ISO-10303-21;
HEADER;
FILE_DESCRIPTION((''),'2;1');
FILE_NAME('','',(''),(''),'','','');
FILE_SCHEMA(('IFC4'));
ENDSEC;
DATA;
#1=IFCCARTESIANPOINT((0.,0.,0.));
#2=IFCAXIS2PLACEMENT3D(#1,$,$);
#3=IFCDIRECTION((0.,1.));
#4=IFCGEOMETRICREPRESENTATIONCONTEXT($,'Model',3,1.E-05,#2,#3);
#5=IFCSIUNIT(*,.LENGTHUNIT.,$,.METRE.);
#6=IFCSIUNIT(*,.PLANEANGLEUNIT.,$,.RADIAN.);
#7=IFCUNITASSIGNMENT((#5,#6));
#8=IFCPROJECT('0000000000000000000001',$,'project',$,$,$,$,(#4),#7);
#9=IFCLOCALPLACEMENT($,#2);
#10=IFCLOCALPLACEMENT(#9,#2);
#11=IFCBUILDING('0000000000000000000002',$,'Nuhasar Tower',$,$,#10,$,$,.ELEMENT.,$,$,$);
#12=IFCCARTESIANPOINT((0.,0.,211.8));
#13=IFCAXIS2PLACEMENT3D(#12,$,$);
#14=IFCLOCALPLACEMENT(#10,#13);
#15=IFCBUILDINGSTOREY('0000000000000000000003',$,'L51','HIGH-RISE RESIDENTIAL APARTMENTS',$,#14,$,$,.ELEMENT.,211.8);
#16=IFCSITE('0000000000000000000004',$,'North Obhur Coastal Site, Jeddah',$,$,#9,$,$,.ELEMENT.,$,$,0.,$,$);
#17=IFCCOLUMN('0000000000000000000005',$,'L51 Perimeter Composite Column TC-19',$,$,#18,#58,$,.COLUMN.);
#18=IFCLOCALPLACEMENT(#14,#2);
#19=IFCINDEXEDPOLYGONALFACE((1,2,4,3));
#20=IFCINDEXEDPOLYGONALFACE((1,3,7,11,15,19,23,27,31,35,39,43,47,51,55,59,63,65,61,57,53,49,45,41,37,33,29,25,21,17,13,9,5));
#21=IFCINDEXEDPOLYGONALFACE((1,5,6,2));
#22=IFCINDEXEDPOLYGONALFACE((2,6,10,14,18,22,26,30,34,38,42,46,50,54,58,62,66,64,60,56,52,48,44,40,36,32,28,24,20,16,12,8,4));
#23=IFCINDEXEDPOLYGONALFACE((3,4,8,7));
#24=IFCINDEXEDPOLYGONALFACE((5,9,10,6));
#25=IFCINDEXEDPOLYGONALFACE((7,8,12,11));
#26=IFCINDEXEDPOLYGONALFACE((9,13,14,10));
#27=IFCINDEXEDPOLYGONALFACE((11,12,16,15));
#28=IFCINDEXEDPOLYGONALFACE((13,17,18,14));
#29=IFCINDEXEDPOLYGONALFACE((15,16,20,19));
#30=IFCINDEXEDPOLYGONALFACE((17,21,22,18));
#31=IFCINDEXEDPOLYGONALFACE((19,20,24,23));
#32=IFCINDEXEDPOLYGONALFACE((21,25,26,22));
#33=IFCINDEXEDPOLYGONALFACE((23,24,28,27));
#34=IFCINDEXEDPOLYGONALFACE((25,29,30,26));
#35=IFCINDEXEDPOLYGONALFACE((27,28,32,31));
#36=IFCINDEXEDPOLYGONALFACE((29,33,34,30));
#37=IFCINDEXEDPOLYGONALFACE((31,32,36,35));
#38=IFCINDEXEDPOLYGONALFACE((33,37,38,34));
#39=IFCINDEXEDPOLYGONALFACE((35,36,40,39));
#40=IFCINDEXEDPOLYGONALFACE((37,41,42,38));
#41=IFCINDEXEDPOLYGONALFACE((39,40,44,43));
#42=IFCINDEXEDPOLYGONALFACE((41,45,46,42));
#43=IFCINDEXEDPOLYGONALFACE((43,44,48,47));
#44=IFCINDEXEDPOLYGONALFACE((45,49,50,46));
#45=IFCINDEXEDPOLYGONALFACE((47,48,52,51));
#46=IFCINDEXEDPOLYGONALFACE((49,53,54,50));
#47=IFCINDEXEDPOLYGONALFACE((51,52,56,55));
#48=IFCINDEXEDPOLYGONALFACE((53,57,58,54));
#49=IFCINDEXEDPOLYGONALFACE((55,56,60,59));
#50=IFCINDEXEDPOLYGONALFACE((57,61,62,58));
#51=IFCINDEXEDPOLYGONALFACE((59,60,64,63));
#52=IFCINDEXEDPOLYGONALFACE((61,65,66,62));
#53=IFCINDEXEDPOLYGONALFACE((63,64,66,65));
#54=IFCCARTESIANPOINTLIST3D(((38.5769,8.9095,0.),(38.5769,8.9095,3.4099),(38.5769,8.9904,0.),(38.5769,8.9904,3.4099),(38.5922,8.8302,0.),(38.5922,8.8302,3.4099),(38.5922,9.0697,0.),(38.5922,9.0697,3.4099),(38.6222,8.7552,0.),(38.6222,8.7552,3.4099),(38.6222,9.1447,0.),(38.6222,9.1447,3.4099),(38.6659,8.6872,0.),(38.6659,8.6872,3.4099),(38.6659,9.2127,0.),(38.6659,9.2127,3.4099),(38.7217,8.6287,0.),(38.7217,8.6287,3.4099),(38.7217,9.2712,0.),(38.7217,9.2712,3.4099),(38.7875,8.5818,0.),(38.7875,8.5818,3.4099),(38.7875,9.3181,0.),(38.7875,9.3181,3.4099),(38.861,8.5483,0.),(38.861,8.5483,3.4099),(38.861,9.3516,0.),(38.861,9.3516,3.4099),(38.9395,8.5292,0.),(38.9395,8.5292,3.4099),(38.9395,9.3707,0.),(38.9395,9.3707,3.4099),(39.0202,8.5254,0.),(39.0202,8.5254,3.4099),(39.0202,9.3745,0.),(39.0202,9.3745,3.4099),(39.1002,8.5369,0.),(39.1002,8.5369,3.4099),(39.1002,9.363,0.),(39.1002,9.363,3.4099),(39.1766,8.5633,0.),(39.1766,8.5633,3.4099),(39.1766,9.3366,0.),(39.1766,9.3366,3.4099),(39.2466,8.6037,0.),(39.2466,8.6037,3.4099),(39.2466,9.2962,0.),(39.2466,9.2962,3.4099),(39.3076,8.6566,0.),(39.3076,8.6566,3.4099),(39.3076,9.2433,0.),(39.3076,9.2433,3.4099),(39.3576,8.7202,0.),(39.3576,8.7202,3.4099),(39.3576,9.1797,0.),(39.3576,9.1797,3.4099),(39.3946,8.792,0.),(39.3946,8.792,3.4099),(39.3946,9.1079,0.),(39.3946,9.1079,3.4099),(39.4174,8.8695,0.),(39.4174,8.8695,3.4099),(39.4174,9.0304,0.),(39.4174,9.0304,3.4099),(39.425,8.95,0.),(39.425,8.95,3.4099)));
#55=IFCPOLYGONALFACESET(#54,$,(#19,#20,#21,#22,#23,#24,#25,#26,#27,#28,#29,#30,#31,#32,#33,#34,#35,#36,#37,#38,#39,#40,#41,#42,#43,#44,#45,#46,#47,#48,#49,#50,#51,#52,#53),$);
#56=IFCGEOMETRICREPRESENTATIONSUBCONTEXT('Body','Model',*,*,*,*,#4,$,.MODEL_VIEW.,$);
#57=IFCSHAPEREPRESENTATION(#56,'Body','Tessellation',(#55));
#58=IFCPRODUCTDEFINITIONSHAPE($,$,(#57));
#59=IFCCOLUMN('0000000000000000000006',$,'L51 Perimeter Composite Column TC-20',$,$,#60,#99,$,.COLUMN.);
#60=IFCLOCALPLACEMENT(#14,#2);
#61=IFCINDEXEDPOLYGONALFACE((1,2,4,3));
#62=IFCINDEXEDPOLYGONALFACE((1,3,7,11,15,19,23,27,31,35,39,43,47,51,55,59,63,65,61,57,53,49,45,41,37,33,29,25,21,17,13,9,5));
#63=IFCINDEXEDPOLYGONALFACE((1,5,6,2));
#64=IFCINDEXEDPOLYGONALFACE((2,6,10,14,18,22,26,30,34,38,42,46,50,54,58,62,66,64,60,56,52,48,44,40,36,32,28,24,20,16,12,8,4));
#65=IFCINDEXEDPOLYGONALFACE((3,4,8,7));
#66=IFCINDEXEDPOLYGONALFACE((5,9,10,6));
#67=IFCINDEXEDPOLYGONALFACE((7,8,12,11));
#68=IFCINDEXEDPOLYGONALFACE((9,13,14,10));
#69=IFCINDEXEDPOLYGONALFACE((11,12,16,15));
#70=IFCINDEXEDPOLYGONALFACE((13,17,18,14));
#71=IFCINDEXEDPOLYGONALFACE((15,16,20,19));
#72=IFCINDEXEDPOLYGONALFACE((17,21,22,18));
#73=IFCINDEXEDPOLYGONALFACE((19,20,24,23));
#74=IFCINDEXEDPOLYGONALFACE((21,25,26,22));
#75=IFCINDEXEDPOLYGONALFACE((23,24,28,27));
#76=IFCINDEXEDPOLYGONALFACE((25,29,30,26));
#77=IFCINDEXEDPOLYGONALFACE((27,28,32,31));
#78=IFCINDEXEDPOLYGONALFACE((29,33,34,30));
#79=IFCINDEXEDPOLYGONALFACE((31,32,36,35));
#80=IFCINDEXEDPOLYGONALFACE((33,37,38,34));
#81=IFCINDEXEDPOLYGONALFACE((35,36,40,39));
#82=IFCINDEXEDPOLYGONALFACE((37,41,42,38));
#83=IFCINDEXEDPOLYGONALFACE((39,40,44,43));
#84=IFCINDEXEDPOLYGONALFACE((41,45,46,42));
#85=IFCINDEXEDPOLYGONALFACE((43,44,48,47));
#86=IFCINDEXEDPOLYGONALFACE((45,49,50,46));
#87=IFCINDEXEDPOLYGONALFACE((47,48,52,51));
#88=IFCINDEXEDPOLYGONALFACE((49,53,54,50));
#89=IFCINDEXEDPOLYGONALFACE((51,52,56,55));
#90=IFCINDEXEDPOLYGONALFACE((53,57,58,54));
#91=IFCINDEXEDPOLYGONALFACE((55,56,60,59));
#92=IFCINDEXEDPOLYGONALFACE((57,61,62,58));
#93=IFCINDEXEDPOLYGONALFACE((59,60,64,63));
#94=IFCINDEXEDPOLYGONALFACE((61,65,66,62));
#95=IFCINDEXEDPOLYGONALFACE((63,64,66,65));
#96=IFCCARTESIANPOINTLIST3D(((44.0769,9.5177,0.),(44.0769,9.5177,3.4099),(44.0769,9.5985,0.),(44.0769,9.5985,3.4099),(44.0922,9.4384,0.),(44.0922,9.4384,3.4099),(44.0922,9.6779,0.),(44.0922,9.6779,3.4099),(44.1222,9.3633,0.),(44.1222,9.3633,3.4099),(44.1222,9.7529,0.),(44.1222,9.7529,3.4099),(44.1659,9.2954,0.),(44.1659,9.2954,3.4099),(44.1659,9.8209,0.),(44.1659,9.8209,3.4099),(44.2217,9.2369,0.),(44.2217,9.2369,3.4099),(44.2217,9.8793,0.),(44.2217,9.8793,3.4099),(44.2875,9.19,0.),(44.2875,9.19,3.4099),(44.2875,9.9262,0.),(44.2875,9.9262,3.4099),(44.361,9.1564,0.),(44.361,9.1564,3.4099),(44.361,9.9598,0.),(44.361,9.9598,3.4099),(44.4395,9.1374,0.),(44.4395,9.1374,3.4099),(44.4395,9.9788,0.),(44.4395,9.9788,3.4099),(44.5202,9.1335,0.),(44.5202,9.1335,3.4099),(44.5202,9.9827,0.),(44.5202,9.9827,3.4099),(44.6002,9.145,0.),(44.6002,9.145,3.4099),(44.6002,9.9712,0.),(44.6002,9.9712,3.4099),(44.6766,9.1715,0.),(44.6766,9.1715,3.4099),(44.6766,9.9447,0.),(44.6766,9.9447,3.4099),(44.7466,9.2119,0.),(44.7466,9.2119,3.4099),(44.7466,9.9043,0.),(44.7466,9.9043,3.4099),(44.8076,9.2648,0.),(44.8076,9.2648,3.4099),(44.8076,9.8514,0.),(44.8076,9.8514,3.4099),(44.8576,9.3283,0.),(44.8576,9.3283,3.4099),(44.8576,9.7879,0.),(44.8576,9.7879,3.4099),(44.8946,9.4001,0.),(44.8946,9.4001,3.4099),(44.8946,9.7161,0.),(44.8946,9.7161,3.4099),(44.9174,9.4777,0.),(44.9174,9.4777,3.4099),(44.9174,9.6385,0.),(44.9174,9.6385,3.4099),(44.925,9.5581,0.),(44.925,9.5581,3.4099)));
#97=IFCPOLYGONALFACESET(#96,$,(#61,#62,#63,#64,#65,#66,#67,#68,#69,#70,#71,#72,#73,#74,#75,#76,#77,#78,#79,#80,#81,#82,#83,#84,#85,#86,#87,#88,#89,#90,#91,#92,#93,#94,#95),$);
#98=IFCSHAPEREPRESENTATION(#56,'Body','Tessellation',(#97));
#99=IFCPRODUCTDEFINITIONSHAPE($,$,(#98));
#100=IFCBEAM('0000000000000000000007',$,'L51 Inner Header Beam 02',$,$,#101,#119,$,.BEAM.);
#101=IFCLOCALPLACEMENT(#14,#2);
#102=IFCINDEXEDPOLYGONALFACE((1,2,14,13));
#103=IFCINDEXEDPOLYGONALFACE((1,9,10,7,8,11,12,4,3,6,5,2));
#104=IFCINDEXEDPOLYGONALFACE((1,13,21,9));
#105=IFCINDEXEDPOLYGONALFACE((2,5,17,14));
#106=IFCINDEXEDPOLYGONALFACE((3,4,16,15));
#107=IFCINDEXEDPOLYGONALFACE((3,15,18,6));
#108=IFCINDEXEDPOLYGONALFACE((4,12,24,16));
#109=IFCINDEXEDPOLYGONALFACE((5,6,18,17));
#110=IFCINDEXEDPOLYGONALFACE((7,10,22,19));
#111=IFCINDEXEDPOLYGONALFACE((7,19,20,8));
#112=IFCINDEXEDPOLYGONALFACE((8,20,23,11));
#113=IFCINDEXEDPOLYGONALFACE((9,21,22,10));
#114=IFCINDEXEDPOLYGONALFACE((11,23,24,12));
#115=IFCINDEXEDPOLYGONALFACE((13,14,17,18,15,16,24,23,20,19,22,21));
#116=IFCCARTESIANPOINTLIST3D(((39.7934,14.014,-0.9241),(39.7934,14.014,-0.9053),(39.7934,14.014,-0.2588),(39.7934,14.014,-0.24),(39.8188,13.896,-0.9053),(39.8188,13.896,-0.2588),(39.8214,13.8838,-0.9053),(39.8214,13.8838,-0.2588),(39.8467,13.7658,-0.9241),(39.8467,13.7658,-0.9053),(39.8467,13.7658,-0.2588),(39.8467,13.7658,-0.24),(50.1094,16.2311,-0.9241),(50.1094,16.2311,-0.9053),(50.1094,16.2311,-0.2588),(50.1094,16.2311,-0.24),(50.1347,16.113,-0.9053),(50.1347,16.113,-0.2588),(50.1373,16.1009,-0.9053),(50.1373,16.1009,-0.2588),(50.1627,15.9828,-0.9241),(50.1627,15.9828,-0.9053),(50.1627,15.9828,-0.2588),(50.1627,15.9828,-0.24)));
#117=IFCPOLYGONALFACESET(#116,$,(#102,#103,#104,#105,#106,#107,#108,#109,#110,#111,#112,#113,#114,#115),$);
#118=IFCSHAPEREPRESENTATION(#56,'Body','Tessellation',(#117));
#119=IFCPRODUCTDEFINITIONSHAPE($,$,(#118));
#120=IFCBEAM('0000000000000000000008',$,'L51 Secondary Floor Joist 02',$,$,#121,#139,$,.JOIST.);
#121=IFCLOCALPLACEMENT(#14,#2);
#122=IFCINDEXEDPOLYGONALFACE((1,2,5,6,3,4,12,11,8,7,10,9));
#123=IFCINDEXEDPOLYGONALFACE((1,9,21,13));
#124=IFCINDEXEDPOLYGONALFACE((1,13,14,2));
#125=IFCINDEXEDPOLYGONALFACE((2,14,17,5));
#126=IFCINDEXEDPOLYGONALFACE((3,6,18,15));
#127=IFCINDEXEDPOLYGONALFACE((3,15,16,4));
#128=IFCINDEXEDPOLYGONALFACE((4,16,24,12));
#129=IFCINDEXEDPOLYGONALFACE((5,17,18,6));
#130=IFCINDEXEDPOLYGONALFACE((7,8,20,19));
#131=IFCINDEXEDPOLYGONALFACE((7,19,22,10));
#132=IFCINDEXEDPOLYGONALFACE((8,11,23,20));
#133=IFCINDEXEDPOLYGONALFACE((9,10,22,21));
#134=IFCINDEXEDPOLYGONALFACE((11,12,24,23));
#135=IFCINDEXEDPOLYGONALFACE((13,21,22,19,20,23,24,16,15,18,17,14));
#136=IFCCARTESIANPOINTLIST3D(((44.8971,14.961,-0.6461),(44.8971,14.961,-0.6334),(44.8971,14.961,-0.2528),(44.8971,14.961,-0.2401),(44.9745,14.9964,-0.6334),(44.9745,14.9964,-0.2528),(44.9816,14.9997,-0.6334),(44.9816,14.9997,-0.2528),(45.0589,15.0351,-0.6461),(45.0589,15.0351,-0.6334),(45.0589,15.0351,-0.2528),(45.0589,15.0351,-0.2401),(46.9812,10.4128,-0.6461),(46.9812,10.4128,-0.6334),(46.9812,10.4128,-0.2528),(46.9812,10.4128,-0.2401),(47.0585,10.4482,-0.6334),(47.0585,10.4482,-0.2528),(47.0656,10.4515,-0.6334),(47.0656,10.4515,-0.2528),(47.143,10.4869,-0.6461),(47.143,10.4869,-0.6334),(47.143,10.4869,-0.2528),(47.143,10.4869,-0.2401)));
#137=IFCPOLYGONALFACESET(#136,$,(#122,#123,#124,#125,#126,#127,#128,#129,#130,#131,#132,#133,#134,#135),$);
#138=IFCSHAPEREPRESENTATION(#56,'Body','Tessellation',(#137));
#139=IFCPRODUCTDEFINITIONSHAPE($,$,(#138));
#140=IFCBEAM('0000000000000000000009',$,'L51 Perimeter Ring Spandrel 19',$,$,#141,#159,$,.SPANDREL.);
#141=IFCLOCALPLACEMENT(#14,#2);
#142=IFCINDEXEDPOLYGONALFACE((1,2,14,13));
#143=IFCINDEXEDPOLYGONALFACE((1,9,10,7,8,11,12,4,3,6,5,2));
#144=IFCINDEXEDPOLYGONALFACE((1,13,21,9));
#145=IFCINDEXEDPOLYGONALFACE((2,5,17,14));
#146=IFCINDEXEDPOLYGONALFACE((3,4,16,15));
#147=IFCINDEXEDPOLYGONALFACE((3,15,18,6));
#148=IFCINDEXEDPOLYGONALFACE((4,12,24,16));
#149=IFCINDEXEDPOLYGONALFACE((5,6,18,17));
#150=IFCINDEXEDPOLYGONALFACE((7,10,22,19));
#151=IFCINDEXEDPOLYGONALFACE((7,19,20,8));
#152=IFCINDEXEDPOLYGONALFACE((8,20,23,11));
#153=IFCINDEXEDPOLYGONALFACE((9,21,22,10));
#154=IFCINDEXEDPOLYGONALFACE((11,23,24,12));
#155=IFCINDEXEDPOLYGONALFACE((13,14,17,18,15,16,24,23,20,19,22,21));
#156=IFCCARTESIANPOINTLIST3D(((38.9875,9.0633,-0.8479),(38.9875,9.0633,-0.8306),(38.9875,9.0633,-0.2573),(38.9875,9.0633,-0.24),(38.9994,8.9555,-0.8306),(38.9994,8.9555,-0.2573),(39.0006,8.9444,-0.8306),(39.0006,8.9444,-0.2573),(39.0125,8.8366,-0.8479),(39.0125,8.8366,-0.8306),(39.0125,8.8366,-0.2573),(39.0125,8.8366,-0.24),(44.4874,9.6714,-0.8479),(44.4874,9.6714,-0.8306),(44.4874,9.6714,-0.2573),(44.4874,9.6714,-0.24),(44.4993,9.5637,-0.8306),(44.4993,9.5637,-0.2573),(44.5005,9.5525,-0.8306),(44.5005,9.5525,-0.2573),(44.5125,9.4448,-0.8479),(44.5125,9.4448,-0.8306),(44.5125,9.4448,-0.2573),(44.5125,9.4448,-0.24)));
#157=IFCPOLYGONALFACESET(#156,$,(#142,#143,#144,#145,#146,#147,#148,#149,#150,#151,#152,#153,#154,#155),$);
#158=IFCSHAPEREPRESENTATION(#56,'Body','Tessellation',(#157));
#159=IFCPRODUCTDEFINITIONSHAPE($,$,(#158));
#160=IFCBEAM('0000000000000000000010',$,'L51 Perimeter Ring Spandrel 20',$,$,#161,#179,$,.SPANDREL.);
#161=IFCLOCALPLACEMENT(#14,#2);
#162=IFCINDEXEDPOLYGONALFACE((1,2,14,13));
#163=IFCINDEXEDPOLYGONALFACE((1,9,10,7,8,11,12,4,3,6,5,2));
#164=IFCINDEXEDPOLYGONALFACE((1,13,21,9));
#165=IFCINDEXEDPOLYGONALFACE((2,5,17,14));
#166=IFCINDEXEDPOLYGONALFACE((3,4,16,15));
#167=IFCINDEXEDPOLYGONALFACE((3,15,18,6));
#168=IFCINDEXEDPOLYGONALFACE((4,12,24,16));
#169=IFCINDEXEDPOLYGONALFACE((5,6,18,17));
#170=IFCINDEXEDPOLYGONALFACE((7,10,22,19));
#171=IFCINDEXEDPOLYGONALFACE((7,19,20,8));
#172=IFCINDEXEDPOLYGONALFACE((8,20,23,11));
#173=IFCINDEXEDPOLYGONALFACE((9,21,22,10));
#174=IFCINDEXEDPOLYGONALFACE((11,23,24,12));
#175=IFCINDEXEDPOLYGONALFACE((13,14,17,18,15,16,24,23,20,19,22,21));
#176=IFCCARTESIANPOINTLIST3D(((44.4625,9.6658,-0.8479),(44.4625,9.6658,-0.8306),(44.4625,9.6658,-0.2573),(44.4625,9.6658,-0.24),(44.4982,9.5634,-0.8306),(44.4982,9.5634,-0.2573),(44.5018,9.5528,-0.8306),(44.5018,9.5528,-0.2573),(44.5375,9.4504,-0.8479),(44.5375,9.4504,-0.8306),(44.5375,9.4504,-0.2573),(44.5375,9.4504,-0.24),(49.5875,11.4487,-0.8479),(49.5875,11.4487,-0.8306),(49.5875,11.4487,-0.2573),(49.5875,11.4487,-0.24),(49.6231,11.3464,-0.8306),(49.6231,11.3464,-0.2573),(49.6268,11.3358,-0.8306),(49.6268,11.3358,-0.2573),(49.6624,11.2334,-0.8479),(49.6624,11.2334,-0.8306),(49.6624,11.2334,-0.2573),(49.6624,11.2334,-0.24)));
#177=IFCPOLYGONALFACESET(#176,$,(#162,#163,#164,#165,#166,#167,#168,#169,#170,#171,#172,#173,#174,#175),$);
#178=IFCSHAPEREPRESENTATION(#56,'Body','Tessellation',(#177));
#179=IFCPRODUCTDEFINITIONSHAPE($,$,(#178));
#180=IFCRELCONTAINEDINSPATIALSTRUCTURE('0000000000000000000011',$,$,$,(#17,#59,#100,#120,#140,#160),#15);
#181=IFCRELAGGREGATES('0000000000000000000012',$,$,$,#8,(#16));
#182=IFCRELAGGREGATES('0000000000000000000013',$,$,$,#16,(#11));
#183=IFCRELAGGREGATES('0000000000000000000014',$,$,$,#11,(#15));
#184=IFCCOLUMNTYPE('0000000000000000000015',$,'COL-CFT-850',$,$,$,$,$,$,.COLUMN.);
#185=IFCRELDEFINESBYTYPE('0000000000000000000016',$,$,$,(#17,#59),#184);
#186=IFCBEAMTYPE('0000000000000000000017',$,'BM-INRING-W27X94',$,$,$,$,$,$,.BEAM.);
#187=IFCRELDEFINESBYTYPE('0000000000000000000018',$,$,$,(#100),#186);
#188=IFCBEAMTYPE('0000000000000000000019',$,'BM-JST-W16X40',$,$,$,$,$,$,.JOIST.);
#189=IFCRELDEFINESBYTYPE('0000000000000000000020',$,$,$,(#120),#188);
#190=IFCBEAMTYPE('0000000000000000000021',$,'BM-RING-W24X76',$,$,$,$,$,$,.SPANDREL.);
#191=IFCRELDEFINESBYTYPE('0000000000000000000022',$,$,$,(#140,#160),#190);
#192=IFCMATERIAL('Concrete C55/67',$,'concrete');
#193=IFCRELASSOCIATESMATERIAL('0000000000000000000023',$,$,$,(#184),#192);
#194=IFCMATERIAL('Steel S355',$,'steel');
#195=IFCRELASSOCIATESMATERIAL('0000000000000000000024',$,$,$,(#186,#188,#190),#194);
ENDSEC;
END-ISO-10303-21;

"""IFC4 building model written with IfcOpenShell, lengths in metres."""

from ifc_helpers import new_model, si_unit, direction, frame, origin, origin_2d, place, context, subcontext, project, spatial, circle, i_section, extrude, material, material_profile, profile_set, type_object, element, save


model = new_model("IFC4")

# Units and contexts
model_context = context("Model", 3, precision=1e-05, world=origin(), true_north=direction((0.0, 1.0)))
body_context = subcontext(model_context, "Body", "Model", "MODEL_VIEW")
ifc_project = project(units=[si_unit("LENGTHUNIT", "METRE"), si_unit("PLANEANGLEUNIT", "RADIAN")], contexts=[model_context])

# Site, building, storey
site_placement = place(None, origin())
site = spatial("IfcSite", under=ifc_project, at=site_placement, Name="North Obhur Coastal Site, Jeddah", CompositionType="ELEMENT", RefElevation=0.0)
building_placement = place(site_placement, origin())
building = spatial("IfcBuilding", under=site, at=building_placement, Name="Nuhasar Tower", CompositionType="ELEMENT")
storey_placement = place(building_placement, frame((0.0, 0.0, 211.8)))
storey = spatial("IfcBuildingStorey", under=building, at=storey_placement, Name="L51", Description="HIGH-RISE RESIDENTIAL APARTMENTS", CompositionType="ELEMENT", Elevation=211.8)

# Columns
ifc_material_1 = material(Name="Concrete C55/67", Category="concrete")
ifc_material_profile_1 = material_profile(ifc_material_1, circle(Radius=0.425, at=origin_2d()), Name="CFT850")
ifc_profile_set_1 = profile_set([ifc_material_profile_1], Name="Concrete C55/67")
column_type = type_object("IfcColumnType", Name="COL-CFT-850", PredefinedType="COLUMN", material=ifc_profile_set_1)
for number, where, z_axis, x_axis, name in (
    (1, (39.0, 8.95, 0.0), (0.0, 0.0, 1.0), (1.0, 0.0, 0.0), "L51 Perimeter Composite Column TC-19"),
    (2, (44.5, 9.5581, 0.0), (0.0, 0.0, 1.0), (1.0, 0.0, 0.0), "L51 Perimeter Composite Column TC-20"),
):
    element("IfcColumn", number, at=place(storey_placement, frame(where, z_axis=z_axis, x_axis=x_axis)), inside=storey, type_object=column_type, Name=name, PredefinedType="COLUMN", context=body_context, shape_type="SweptSolid", body=[
        extrude(circle(Radius=0.425, at=origin_2d()), origin(), (0.0, 0.0, 1.0), 3.4099),
    ])

# Beams
ifc_material_2 = material(Name="Steel S355", Category="steel")
ifc_material_profile_2 = material_profile(ifc_material_2, i_section(OverallWidth=0.2539, OverallDepth=0.6841, WebThickness=0.0125, FlangeThickness=0.0188, at=origin_2d()), Name="W27X94")
ifc_profile_set_2 = profile_set([ifc_material_profile_2], Name="Steel S355")
beam_type_1 = type_object("IfcBeamType", Name="BM-INRING-W27X94", PredefinedType="BEAM", material=ifc_profile_set_2)
beam_1_placement = place(storey_placement, frame((39.8201, 13.8899, -0.582), z_axis=(0.977676, 0.210117, 0.0), x_axis=(-0.210117, 0.977676, 0.0)))
element("IfcBeam", 3, at=beam_1_placement, inside=storey, type_object=beam_type_1, Name="L51 Inner Header Beam 02", PredefinedType="BEAM", context=body_context, shape_type="SweptSolid", body=[
    extrude(i_section(OverallWidth=0.2539, OverallDepth=0.6841, WebThickness=0.0125, FlangeThickness=0.0188, at=origin_2d()), origin(), (0.0, 0.0, 1.0), 10.5515),
])
ifc_material_profile_3 = material_profile(ifc_material_2, i_section(OverallWidth=0.178, OverallDepth=0.406, WebThickness=0.0078, FlangeThickness=0.0127, at=origin_2d()), Name="W16X40")
ifc_profile_set_3 = profile_set([ifc_material_profile_3], Name="Steel S355")
beam_type_2 = type_object("IfcBeamType", Name="BM-JST-W16X40", PredefinedType="JOIST", material=ifc_profile_set_3)
beam_2_placement = place(storey_placement, frame((44.978, 14.998, -0.4431), z_axis=(0.416562, -0.909107, 0.0), x_axis=(0.909107, 0.416562, 0.0)))
element("IfcBeam", 4, at=beam_2_placement, inside=storey, type_object=beam_type_2, Name="L51 Secondary Floor Joist 02", PredefinedType="JOIST", context=body_context, shape_type="SweptSolid", body=[
    extrude(i_section(OverallWidth=0.178, OverallDepth=0.406, WebThickness=0.0078, FlangeThickness=0.0127, at=origin_2d()), origin(), (0.0, 0.0, 1.0), 5.0029),
])
ifc_material_profile_4 = material_profile(ifc_material_2, i_section(OverallWidth=0.228, OverallDepth=0.6079, WebThickness=0.0112, FlangeThickness=0.0173, at=origin_2d()), Name="W24X76")
ifc_profile_set_4 = profile_set([ifc_material_profile_4], Name="Steel S355")
beam_type_3 = type_object("IfcBeamType", Name="BM-RING-W24X76", PredefinedType="SPANDREL", material=ifc_profile_set_4)
beam_3_placement = place(storey_placement, frame((39.0, 8.95, -0.5439), z_axis=(0.993942, 0.109904, 0.0), x_axis=(-0.109904, 0.993942, 0.0)))
element("IfcBeam", 5, at=beam_3_placement, inside=storey, type_object=beam_type_3, Name="L51 Perimeter Ring Spandrel 19", PredefinedType="SPANDREL", context=body_context, shape_type="SweptSolid", body=[
    extrude(i_section(OverallWidth=0.228, OverallDepth=0.6079, WebThickness=0.0112, FlangeThickness=0.0173, at=origin_2d()), origin(), (0.0, 0.0, 1.0), 5.5334),
])
beam_4_placement = place(storey_placement, frame((44.5, 9.5581, -0.5439), z_axis=(0.944477, 0.328578, 0.0), x_axis=(-0.328578, 0.944477, 0.0)))
element("IfcBeam", 6, at=beam_4_placement, inside=storey, type_object=beam_type_3, Name="L51 Perimeter Ring Spandrel 20", PredefinedType="SPANDREL", context=body_context, shape_type="SweptSolid", body=[
    extrude(i_section(OverallWidth=0.228, OverallDepth=0.6079, WebThickness=0.0112, FlangeThickness=0.0173, at=origin_2d()), origin(), (0.0, 0.0, 1.0), 5.4263),
])

save(model, "model.ifc")
